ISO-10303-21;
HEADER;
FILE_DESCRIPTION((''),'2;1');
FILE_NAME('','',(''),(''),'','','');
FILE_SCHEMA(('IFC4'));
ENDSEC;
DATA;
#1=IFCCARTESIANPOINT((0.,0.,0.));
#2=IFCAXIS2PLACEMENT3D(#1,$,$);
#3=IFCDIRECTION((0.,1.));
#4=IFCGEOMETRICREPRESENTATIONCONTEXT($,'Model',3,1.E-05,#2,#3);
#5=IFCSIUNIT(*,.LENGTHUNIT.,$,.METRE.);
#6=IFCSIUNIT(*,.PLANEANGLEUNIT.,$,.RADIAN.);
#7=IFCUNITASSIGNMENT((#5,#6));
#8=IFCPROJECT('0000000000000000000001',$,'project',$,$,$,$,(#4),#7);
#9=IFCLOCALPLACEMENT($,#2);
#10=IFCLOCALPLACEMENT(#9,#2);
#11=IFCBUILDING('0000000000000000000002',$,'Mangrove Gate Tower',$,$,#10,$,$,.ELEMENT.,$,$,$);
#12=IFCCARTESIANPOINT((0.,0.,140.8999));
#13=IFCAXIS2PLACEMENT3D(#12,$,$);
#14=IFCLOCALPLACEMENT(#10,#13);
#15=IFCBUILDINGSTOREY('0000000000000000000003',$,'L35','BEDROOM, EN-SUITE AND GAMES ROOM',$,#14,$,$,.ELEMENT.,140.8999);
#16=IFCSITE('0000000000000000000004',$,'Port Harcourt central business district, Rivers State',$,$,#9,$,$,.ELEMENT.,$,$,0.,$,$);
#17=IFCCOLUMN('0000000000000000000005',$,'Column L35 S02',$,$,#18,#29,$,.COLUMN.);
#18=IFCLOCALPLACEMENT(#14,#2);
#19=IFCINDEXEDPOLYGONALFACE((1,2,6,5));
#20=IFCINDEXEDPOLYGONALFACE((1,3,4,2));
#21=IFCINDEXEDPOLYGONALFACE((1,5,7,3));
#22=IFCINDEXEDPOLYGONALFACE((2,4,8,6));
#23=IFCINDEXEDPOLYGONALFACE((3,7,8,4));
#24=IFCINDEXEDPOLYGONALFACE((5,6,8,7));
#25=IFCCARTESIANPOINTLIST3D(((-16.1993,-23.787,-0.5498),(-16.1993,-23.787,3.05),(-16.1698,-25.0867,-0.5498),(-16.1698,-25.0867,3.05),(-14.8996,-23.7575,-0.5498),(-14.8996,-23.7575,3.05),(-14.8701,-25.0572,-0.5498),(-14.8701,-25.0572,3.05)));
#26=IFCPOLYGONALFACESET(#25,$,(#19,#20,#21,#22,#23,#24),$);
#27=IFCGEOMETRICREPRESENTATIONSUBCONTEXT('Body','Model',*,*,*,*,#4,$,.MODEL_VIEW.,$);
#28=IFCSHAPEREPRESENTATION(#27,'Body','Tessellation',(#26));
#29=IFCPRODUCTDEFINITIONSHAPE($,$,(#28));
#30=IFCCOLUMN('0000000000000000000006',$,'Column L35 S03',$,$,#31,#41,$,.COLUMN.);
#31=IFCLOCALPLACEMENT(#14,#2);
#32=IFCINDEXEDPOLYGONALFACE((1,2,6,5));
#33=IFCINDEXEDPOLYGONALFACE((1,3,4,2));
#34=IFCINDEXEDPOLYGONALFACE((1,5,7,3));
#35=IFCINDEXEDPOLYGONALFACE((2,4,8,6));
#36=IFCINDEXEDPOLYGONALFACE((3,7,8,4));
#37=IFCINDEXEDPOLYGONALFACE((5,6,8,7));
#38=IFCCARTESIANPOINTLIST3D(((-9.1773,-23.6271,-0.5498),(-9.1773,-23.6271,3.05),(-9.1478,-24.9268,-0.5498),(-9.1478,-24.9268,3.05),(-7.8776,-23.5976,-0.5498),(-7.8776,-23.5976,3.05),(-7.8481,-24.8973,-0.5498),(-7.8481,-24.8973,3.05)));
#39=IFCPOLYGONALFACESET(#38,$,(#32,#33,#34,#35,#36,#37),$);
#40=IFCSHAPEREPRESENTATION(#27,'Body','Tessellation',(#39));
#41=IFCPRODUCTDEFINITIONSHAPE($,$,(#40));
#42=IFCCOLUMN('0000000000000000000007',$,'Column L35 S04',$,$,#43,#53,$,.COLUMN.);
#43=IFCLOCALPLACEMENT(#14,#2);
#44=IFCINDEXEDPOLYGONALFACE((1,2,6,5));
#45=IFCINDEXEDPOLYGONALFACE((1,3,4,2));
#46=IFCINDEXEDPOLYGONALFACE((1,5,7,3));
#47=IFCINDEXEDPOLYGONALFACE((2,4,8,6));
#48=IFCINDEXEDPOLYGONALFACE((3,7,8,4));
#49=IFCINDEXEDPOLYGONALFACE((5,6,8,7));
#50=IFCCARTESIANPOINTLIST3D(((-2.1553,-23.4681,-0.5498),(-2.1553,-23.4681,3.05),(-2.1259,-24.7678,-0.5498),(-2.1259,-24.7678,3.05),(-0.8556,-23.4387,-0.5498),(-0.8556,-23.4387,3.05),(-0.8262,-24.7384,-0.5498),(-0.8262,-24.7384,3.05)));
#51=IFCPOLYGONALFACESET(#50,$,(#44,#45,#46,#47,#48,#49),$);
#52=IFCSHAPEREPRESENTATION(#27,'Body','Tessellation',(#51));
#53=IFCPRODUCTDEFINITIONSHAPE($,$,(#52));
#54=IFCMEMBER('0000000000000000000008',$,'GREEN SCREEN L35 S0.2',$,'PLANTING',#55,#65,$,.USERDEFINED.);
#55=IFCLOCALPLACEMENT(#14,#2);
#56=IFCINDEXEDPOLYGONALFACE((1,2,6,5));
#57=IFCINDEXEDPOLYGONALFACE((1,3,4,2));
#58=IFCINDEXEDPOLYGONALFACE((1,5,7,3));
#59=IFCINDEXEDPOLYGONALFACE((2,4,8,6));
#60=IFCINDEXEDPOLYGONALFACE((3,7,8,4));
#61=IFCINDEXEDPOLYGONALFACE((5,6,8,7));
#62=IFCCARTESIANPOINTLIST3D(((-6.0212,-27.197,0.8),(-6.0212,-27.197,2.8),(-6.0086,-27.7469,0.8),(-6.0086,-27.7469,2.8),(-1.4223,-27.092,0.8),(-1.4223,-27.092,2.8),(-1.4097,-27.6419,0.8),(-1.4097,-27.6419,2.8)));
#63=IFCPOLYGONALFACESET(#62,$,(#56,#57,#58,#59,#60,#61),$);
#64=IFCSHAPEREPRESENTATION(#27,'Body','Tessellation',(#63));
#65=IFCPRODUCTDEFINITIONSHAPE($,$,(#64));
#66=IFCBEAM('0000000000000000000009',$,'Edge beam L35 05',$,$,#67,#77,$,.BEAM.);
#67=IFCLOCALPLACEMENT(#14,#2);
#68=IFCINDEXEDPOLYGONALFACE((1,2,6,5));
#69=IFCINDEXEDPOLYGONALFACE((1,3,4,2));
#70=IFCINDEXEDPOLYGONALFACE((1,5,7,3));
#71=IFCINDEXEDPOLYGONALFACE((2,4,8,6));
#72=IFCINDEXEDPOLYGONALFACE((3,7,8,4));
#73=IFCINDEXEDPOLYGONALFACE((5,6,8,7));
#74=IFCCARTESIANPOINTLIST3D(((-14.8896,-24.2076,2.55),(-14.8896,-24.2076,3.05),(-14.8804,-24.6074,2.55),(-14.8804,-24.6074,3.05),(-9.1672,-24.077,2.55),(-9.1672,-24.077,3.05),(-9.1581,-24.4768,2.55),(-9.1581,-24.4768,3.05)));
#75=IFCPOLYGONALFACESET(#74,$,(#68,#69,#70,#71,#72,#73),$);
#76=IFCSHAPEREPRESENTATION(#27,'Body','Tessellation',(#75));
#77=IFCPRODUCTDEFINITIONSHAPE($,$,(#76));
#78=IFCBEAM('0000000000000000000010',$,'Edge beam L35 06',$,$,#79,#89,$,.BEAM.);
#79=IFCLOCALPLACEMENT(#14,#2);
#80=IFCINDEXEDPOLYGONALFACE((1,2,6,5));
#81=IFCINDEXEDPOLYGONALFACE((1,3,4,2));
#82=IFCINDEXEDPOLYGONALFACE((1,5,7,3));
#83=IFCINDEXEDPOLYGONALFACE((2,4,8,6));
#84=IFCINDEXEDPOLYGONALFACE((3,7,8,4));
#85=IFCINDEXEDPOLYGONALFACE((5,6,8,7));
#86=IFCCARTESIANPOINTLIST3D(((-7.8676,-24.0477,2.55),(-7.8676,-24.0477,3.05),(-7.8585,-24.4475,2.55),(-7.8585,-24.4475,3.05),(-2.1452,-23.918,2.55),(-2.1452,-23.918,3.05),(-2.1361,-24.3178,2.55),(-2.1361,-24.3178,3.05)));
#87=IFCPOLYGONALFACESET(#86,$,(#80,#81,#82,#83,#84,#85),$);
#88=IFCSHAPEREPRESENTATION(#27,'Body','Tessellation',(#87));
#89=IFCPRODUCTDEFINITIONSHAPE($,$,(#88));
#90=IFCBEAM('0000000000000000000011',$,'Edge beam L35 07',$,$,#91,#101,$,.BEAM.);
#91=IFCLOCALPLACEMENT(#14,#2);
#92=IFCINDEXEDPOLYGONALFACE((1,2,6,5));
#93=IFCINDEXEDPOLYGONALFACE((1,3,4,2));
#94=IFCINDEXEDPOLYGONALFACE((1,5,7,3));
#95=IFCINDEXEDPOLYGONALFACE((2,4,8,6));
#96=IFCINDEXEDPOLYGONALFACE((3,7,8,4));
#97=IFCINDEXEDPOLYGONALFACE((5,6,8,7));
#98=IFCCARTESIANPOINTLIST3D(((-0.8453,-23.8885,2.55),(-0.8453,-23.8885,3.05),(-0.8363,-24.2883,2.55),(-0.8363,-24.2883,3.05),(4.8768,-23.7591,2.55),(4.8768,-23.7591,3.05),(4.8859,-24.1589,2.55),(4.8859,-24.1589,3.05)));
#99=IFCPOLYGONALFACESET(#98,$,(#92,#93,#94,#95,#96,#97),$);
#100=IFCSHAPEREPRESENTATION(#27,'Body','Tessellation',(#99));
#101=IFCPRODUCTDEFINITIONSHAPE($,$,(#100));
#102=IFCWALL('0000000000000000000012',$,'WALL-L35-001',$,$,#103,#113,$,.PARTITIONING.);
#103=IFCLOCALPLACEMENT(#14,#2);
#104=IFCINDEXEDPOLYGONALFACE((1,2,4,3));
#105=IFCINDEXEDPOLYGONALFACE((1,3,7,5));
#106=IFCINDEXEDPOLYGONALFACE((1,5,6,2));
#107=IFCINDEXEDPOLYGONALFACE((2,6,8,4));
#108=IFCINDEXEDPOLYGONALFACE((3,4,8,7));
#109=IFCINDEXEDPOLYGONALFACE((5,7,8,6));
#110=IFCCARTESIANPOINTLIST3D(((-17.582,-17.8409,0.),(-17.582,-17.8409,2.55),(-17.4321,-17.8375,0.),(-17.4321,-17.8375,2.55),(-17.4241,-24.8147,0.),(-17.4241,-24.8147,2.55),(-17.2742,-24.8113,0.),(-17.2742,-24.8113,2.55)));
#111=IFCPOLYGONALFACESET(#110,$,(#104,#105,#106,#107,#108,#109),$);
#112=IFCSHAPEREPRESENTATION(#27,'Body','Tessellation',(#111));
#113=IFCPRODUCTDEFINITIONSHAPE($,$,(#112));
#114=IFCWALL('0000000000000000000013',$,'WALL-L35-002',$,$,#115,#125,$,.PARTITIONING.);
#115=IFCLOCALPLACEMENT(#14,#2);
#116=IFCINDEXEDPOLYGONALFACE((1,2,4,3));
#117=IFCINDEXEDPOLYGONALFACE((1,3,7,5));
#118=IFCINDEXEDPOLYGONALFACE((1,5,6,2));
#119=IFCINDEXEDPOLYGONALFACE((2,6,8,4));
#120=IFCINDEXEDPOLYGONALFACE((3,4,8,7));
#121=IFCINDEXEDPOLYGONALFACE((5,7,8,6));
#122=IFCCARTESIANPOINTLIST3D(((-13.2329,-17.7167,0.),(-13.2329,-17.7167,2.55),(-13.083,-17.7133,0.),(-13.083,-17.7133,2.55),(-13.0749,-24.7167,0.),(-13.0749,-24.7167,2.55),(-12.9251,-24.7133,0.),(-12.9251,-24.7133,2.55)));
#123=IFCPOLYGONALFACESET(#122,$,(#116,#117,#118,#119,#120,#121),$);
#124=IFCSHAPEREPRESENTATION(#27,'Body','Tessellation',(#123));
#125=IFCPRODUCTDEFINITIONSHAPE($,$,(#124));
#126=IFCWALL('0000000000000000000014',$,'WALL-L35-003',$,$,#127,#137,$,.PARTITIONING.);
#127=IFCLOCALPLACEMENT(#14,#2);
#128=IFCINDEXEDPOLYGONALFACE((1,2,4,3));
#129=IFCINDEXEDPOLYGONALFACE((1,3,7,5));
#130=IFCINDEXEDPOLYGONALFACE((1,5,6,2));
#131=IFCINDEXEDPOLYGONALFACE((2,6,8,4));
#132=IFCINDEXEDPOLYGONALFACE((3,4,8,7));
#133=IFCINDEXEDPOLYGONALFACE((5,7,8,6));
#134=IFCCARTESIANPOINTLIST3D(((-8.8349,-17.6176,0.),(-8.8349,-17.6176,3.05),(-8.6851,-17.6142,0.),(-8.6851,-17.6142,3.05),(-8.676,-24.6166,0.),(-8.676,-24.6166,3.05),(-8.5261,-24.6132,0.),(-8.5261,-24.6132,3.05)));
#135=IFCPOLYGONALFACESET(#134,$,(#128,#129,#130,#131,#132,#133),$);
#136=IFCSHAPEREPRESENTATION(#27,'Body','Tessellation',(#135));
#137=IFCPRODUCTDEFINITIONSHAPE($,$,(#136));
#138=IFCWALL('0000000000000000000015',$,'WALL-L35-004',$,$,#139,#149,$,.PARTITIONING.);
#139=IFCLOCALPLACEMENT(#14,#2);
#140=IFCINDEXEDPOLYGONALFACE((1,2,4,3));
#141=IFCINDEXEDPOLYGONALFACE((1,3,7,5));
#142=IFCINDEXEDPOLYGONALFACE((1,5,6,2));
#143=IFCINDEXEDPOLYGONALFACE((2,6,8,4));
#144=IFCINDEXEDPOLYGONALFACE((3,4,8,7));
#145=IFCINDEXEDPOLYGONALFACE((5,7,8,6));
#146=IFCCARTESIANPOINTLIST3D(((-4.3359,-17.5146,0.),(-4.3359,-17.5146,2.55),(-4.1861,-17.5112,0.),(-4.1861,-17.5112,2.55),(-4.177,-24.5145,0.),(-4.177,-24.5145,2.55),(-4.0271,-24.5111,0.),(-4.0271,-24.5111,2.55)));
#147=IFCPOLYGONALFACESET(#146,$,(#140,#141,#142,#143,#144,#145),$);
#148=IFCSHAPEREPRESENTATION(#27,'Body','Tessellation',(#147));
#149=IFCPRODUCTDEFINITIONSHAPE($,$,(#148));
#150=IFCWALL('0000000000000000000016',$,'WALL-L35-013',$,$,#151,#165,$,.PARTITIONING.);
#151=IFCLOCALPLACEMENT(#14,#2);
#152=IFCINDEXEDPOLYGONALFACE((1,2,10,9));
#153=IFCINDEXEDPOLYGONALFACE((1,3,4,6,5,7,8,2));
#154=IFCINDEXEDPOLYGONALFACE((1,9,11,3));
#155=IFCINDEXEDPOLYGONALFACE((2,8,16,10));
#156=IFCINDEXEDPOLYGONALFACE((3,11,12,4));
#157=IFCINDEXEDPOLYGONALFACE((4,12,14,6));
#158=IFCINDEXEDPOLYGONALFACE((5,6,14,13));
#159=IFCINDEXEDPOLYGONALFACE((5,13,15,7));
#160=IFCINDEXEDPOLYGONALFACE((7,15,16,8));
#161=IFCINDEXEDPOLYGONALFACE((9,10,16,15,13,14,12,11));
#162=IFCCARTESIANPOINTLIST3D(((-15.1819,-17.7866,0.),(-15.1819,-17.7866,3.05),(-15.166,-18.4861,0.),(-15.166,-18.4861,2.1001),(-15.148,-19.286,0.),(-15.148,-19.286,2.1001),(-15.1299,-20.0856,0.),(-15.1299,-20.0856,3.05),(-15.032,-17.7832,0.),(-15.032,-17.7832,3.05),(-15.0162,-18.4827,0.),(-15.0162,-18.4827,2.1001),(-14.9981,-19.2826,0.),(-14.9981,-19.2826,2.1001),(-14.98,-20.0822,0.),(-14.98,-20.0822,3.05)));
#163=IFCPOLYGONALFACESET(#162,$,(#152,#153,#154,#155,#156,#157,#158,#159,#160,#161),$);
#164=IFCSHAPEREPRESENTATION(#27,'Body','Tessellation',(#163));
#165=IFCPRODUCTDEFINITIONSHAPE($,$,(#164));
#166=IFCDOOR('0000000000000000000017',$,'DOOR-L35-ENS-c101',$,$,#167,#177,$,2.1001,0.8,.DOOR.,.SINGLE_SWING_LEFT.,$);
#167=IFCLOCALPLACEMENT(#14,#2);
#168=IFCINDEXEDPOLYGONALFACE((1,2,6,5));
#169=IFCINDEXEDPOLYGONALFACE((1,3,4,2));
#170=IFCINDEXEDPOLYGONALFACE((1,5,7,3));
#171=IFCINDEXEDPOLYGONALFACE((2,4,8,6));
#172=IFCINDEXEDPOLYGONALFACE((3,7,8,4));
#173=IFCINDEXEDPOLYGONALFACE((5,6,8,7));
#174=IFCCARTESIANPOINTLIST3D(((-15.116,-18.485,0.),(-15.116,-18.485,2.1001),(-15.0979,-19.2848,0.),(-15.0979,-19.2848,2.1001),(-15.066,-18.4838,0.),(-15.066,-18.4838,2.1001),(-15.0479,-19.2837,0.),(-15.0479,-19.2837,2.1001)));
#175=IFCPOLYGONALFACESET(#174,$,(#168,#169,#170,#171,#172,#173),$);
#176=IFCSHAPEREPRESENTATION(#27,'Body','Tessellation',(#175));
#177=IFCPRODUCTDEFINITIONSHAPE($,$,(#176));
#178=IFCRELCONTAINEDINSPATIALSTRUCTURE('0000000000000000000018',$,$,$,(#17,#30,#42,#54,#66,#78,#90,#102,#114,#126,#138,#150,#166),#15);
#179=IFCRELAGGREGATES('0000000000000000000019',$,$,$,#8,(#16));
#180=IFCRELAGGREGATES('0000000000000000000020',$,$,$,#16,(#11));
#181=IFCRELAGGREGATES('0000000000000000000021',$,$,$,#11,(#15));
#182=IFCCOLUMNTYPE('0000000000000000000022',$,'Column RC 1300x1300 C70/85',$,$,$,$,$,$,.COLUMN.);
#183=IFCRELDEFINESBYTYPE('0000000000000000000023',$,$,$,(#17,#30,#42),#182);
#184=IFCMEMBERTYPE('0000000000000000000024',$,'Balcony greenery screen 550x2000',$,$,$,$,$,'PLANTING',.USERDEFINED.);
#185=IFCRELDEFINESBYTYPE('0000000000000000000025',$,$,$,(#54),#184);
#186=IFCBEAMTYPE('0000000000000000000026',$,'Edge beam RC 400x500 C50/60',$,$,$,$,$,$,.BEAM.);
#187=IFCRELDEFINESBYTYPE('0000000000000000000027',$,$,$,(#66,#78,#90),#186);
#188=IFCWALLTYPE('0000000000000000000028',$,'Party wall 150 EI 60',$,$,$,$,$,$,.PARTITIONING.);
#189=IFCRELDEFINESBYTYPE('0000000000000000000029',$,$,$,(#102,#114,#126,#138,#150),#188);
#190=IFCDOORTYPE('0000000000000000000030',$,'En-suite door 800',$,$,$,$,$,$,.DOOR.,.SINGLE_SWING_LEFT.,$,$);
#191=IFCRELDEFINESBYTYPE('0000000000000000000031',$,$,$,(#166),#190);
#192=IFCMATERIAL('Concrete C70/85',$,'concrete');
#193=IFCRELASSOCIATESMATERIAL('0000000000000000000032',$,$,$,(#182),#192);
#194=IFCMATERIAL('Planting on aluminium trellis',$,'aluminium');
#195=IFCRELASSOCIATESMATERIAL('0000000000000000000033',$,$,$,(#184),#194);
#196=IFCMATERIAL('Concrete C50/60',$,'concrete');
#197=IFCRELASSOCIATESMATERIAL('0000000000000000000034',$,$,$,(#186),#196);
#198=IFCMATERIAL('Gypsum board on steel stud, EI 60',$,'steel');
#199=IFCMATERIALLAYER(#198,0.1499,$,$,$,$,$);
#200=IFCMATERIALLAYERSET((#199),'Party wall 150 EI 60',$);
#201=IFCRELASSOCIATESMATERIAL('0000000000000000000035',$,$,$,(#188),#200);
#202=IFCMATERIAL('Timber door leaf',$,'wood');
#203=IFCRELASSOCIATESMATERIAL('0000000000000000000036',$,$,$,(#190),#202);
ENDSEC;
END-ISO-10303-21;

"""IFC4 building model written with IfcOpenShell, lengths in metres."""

from ifc_helpers import new_model, si_unit, direction, frame, frame_2d, origin, origin_2d, place, context, subcontext, project, spatial, rectangle, extrude, material, layer, layer_set, material_profile, profile_set, type_object, element, fill, save


model = new_model("IFC4")

# Units and contexts
model_context = context("Model", 3, precision=1e-05, world=origin(), true_north=direction((0.0, 1.0)))
body_context = subcontext(model_context, "Body", "Model", "MODEL_VIEW")
ifc_project = project(units=[si_unit("LENGTHUNIT", "METRE"), si_unit("PLANEANGLEUNIT", "RADIAN")], contexts=[model_context])

# Site, building, storey
site_placement = place(None, origin())
site = spatial("IfcSite", under=ifc_project, at=site_placement, Name="Port Harcourt central business district, Rivers State", CompositionType="ELEMENT", RefElevation=0.0)
building_placement = place(site_placement, origin())
building = spatial("IfcBuilding", under=site, at=building_placement, Name="Mangrove Gate Tower", CompositionType="ELEMENT")
storey_placement = place(building_placement, frame((0.0, 0.0, 140.8999)))
storey = spatial("IfcBuildingStorey", under=building, at=storey_placement, Name="L35", Description="BEDROOM, EN-SUITE AND GAMES ROOM", CompositionType="ELEMENT", Elevation=140.8999)

# Columns
ifc_material_1 = material(Name="Concrete C70/85", Category="concrete")
ifc_material_profile_1 = material_profile(ifc_material_1, rectangle(XDim=1.3, YDim=1.3, at=origin_2d()))
ifc_profile_set_1 = profile_set([ifc_material_profile_1], Name="Concrete C70/85")
column_type = type_object("IfcColumnType", Name="Column RC 1300x1300 C70/85", PredefinedType="COLUMN", material=ifc_profile_set_1)
for number, where, z_axis, x_axis, name in (
    (1, (-15.5347, -24.4221, -0.5498), (0.0, 0.0, 1.0), (0.999742, 0.022708, 0.0), "Column L35 S02"),
    (2, (-8.5127, -24.2622, -0.5498), (0.0, 0.0, 1.0), (0.999742, 0.022708, 0.0), "Column L35 S03"),
    (3, (-1.4907, -24.1033, -0.5498), (0.0, 0.0, 1.0), (0.999744, 0.022637, 0.0), "Column L35 S04"),
):
    element("IfcColumn", number, at=place(storey_placement, frame(where, z_axis=z_axis, x_axis=x_axis)), inside=storey, type_object=column_type, Name=name, PredefinedType="COLUMN", context=body_context, shape_type="SweptSolid", body=[
        extrude(rectangle(XDim=1.3, YDim=1.3, at=origin_2d()), origin(), (0.0, 0.0, 1.0), 3.5999),
    ])

# Member
ifc_material_2 = material(Name="Planting on aluminium trellis", Category="aluminium")
ifc_material_profile_2 = material_profile(ifc_material_2, rectangle(XDim=0.55, YDim=2.0, at=origin_2d()))
ifc_profile_set_2 = profile_set([ifc_material_profile_2], Name="Planting on aluminium trellis")
member_type = type_object("IfcMemberType", Name="Balcony greenery screen 550x2000", ElementType="PLANTING", PredefinedType="USERDEFINED", material=ifc_profile_set_2)
member_placement = place(storey_placement, frame((-6.0149, -27.4719, 1.8), z_axis=(0.99974, 0.022821, 0.0), x_axis=(-0.022821, 0.99974, 0.0)))
element("IfcMember", 4, at=member_placement, inside=storey, type_object=member_type, Name="GREEN SCREEN L35 S0.2", ObjectType="PLANTING", PredefinedType="USERDEFINED", context=body_context, shape_type="SweptSolid", body=[
    extrude(rectangle(XDim=0.55, YDim=2.0, at=origin_2d()), origin(), (0.0, 0.0, 1.0), 4.6001),
])

# Beams
ifc_material_3 = material(Name="Concrete C50/60", Category="concrete")
ifc_material_profile_3 = material_profile(ifc_material_3, rectangle(XDim=0.3999, YDim=0.5, at=origin_2d()))
ifc_profile_set_3 = profile_set([ifc_material_profile_3], Name="Concrete C50/60")
beam_type = type_object("IfcBeamType", Name="Edge beam RC 400x500 C50/60", PredefinedType="BEAM", material=ifc_profile_set_3)
for number, where, z_axis, x_axis, name in (
    (5, (-14.885, -24.4075, 2.8), (0.99974, 0.022819, 0.0), (-0.022819, 0.99974, 0.0), "Edge beam L35 05"),
    (6, (-7.863, -24.2476, 2.8), (0.999743, 0.022649, 0.0), (-0.022649, 0.999743, 0.0), "Edge beam L35 06"),
):
    element("IfcBeam", number, at=place(storey_placement, frame(where, z_axis=z_axis, x_axis=x_axis)), inside=storey, type_object=beam_type, Name=name, PredefinedType="BEAM", context=body_context, shape_type="SweptSolid", body=[
        extrude(rectangle(XDim=0.3999, YDim=0.5, at=origin_2d()), origin(), (0.0, 0.0, 1.0), 5.7239),
    ])
beam_placement = place(storey_placement, frame((-0.8408, -24.0884, 2.8), z_axis=(0.999744, 0.022607, 0.0), x_axis=(-0.022607, 0.999744, 0.0)))
element("IfcBeam", 7, at=beam_placement, inside=storey, type_object=beam_type, Name="Edge beam L35 07", PredefinedType="BEAM", context=body_context, shape_type="SweptSolid", body=[
    extrude(rectangle(XDim=0.3999, YDim=0.5, at=origin_2d()), origin(), (0.0, 0.0, 1.0), 5.7236),
])

# Walls
ifc_material_4 = material(Name="Gypsum board on steel stud, EI 60", Category="steel")
ifc_layer_1 = layer(ifc_material_4, 0.1499)
ifc_layer_set_1 = layer_set([ifc_layer_1], Name="Party wall 150 EI 60")
wall_type_1 = type_object("IfcWallType", Name="Party wall 150 EI 60", PredefinedType="PARTITIONING", material=ifc_layer_set_1)
wall_1_placement = place(storey_placement, frame((-17.3491, -24.813, 0.0), z_axis=(0.0, 0.0, 1.0), x_axis=(-0.022644, 0.999744, 0.0)))
element("IfcWall", 8, at=wall_1_placement, inside=storey, type_object=wall_type_1, Name="WALL-L35-001", PredefinedType="PARTITIONING", context=body_context, shape_type="SweptSolid", body=[
    extrude(rectangle(XDim=6.9756, YDim=0.1499, at=frame_2d((3.4878, 0.0))), origin(), (0.0, 0.0, 1.0), 2.55),
])
wall_2_placement = place(storey_placement, frame((-13.0, -24.7151, 0.0), z_axis=(0.0, 0.0, 1.0), x_axis=(-0.02256, 0.999745, 0.0)))
element("IfcWall", 9, at=wall_2_placement, inside=storey, type_object=wall_type_1, Name="WALL-L35-002", PredefinedType="PARTITIONING", context=body_context, shape_type="SweptSolid", body=[
    extrude(rectangle(XDim=7.0017, YDim=0.1499, at=frame_2d((3.501, 0.0))), origin(), (0.0, 0.0, 1.0), 2.55),
])
wall_3_placement = place(storey_placement, frame((-8.6011, -24.615, 0.0), z_axis=(0.0, 0.0, 1.0), x_axis=(-0.022702, 0.999742, 0.0)))
element("IfcWall", 10, at=wall_3_placement, inside=storey, type_object=wall_type_1, Name="WALL-L35-003", PredefinedType="PARTITIONING", context=body_context, shape_type="SweptSolid", body=[
    extrude(rectangle(XDim=7.0007, YDim=0.1499, at=frame_2d((3.5005, 0.0))), origin(), (0.0, 0.0, 1.0), 3.05),
])
wall_4_placement = place(storey_placement, frame((-4.1021, -24.5129, 0.0), z_axis=(0.0, 0.0, 1.0), x_axis=(-0.022699, 0.999742, 0.0)))
element("IfcWall", 11, at=wall_4_placement, inside=storey, type_object=wall_type_1, Name="WALL-L35-004", PredefinedType="PARTITIONING", context=body_context, shape_type="SweptSolid", body=[
    extrude(rectangle(XDim=7.0017, YDim=0.1499, at=frame_2d((3.501, 0.0))), origin(), (0.0, 0.0, 1.0), 2.55),
])

# Wall, opening, door
wall_5_placement = place(storey_placement, frame((-15.0549, -20.084, 0.0), z_axis=(0.0, 0.0, 1.0), x_axis=(-0.022613, 0.999744, 0.0)))
wall_5 = element("IfcWall", 12, at=wall_5_placement, inside=storey, type_object=wall_type_1, Name="WALL-L35-013", PredefinedType="PARTITIONING", context=body_context, shape_type="SweptSolid", body=[
    extrude(rectangle(XDim=2.2996, YDim=0.1499, at=frame_2d((1.1499, 0.0))), origin(), (0.0, 0.0, 1.0), 3.05),
])
opening_1_placement = place(wall_5_placement, frame((0.8, 0.0, 0.0)))
opening_1 = element("IfcOpeningElement", 13, at=opening_1_placement, cuts=wall_5, PredefinedType="OPENING", context=body_context, shape_type="SweptSolid", body=[
    extrude(rectangle(XDim=0.8, YDim=2.1001, at=frame_2d((0.3999, 1.05))), frame((0.0, 0.085, 0.0), z_axis=(0.0, -1.0, 0.0), x_axis=(1.0, 0.0, 0.0)), (0.0, 0.0, 1.0), 0.1699),
])
ifc_material_5 = material(Name="Timber door leaf", Category="wood")
door_type = type_object("IfcDoorType", Name="En-suite door 800", OperationType="SINGLE_SWING_LEFT", PredefinedType="DOOR", material=ifc_material_5)
door_1_placement = place(opening_1_placement, origin())
door_1 = element("IfcDoor", 14, at=door_1_placement, inside=storey, type_object=door_type, Name="DOOR-L35-ENS-c101", OperationType="SINGLE_SWING_LEFT", OverallHeight=2.1001, OverallWidth=0.8, PredefinedType="DOOR", context=body_context, shape_type="SweptSolid", body=[
    extrude(rectangle(XDim=0.8, YDim=2.1001, at=frame_2d((0.3999, 1.05))), frame((0.0, 0.0249, 0.0), z_axis=(0.0, -1.0, 0.0), x_axis=(1.0, 0.0, 0.0)), (0.0, 0.0, 1.0), 0.05),
])
fill(opening_1, door_1)

save(model, "model.ifc")
